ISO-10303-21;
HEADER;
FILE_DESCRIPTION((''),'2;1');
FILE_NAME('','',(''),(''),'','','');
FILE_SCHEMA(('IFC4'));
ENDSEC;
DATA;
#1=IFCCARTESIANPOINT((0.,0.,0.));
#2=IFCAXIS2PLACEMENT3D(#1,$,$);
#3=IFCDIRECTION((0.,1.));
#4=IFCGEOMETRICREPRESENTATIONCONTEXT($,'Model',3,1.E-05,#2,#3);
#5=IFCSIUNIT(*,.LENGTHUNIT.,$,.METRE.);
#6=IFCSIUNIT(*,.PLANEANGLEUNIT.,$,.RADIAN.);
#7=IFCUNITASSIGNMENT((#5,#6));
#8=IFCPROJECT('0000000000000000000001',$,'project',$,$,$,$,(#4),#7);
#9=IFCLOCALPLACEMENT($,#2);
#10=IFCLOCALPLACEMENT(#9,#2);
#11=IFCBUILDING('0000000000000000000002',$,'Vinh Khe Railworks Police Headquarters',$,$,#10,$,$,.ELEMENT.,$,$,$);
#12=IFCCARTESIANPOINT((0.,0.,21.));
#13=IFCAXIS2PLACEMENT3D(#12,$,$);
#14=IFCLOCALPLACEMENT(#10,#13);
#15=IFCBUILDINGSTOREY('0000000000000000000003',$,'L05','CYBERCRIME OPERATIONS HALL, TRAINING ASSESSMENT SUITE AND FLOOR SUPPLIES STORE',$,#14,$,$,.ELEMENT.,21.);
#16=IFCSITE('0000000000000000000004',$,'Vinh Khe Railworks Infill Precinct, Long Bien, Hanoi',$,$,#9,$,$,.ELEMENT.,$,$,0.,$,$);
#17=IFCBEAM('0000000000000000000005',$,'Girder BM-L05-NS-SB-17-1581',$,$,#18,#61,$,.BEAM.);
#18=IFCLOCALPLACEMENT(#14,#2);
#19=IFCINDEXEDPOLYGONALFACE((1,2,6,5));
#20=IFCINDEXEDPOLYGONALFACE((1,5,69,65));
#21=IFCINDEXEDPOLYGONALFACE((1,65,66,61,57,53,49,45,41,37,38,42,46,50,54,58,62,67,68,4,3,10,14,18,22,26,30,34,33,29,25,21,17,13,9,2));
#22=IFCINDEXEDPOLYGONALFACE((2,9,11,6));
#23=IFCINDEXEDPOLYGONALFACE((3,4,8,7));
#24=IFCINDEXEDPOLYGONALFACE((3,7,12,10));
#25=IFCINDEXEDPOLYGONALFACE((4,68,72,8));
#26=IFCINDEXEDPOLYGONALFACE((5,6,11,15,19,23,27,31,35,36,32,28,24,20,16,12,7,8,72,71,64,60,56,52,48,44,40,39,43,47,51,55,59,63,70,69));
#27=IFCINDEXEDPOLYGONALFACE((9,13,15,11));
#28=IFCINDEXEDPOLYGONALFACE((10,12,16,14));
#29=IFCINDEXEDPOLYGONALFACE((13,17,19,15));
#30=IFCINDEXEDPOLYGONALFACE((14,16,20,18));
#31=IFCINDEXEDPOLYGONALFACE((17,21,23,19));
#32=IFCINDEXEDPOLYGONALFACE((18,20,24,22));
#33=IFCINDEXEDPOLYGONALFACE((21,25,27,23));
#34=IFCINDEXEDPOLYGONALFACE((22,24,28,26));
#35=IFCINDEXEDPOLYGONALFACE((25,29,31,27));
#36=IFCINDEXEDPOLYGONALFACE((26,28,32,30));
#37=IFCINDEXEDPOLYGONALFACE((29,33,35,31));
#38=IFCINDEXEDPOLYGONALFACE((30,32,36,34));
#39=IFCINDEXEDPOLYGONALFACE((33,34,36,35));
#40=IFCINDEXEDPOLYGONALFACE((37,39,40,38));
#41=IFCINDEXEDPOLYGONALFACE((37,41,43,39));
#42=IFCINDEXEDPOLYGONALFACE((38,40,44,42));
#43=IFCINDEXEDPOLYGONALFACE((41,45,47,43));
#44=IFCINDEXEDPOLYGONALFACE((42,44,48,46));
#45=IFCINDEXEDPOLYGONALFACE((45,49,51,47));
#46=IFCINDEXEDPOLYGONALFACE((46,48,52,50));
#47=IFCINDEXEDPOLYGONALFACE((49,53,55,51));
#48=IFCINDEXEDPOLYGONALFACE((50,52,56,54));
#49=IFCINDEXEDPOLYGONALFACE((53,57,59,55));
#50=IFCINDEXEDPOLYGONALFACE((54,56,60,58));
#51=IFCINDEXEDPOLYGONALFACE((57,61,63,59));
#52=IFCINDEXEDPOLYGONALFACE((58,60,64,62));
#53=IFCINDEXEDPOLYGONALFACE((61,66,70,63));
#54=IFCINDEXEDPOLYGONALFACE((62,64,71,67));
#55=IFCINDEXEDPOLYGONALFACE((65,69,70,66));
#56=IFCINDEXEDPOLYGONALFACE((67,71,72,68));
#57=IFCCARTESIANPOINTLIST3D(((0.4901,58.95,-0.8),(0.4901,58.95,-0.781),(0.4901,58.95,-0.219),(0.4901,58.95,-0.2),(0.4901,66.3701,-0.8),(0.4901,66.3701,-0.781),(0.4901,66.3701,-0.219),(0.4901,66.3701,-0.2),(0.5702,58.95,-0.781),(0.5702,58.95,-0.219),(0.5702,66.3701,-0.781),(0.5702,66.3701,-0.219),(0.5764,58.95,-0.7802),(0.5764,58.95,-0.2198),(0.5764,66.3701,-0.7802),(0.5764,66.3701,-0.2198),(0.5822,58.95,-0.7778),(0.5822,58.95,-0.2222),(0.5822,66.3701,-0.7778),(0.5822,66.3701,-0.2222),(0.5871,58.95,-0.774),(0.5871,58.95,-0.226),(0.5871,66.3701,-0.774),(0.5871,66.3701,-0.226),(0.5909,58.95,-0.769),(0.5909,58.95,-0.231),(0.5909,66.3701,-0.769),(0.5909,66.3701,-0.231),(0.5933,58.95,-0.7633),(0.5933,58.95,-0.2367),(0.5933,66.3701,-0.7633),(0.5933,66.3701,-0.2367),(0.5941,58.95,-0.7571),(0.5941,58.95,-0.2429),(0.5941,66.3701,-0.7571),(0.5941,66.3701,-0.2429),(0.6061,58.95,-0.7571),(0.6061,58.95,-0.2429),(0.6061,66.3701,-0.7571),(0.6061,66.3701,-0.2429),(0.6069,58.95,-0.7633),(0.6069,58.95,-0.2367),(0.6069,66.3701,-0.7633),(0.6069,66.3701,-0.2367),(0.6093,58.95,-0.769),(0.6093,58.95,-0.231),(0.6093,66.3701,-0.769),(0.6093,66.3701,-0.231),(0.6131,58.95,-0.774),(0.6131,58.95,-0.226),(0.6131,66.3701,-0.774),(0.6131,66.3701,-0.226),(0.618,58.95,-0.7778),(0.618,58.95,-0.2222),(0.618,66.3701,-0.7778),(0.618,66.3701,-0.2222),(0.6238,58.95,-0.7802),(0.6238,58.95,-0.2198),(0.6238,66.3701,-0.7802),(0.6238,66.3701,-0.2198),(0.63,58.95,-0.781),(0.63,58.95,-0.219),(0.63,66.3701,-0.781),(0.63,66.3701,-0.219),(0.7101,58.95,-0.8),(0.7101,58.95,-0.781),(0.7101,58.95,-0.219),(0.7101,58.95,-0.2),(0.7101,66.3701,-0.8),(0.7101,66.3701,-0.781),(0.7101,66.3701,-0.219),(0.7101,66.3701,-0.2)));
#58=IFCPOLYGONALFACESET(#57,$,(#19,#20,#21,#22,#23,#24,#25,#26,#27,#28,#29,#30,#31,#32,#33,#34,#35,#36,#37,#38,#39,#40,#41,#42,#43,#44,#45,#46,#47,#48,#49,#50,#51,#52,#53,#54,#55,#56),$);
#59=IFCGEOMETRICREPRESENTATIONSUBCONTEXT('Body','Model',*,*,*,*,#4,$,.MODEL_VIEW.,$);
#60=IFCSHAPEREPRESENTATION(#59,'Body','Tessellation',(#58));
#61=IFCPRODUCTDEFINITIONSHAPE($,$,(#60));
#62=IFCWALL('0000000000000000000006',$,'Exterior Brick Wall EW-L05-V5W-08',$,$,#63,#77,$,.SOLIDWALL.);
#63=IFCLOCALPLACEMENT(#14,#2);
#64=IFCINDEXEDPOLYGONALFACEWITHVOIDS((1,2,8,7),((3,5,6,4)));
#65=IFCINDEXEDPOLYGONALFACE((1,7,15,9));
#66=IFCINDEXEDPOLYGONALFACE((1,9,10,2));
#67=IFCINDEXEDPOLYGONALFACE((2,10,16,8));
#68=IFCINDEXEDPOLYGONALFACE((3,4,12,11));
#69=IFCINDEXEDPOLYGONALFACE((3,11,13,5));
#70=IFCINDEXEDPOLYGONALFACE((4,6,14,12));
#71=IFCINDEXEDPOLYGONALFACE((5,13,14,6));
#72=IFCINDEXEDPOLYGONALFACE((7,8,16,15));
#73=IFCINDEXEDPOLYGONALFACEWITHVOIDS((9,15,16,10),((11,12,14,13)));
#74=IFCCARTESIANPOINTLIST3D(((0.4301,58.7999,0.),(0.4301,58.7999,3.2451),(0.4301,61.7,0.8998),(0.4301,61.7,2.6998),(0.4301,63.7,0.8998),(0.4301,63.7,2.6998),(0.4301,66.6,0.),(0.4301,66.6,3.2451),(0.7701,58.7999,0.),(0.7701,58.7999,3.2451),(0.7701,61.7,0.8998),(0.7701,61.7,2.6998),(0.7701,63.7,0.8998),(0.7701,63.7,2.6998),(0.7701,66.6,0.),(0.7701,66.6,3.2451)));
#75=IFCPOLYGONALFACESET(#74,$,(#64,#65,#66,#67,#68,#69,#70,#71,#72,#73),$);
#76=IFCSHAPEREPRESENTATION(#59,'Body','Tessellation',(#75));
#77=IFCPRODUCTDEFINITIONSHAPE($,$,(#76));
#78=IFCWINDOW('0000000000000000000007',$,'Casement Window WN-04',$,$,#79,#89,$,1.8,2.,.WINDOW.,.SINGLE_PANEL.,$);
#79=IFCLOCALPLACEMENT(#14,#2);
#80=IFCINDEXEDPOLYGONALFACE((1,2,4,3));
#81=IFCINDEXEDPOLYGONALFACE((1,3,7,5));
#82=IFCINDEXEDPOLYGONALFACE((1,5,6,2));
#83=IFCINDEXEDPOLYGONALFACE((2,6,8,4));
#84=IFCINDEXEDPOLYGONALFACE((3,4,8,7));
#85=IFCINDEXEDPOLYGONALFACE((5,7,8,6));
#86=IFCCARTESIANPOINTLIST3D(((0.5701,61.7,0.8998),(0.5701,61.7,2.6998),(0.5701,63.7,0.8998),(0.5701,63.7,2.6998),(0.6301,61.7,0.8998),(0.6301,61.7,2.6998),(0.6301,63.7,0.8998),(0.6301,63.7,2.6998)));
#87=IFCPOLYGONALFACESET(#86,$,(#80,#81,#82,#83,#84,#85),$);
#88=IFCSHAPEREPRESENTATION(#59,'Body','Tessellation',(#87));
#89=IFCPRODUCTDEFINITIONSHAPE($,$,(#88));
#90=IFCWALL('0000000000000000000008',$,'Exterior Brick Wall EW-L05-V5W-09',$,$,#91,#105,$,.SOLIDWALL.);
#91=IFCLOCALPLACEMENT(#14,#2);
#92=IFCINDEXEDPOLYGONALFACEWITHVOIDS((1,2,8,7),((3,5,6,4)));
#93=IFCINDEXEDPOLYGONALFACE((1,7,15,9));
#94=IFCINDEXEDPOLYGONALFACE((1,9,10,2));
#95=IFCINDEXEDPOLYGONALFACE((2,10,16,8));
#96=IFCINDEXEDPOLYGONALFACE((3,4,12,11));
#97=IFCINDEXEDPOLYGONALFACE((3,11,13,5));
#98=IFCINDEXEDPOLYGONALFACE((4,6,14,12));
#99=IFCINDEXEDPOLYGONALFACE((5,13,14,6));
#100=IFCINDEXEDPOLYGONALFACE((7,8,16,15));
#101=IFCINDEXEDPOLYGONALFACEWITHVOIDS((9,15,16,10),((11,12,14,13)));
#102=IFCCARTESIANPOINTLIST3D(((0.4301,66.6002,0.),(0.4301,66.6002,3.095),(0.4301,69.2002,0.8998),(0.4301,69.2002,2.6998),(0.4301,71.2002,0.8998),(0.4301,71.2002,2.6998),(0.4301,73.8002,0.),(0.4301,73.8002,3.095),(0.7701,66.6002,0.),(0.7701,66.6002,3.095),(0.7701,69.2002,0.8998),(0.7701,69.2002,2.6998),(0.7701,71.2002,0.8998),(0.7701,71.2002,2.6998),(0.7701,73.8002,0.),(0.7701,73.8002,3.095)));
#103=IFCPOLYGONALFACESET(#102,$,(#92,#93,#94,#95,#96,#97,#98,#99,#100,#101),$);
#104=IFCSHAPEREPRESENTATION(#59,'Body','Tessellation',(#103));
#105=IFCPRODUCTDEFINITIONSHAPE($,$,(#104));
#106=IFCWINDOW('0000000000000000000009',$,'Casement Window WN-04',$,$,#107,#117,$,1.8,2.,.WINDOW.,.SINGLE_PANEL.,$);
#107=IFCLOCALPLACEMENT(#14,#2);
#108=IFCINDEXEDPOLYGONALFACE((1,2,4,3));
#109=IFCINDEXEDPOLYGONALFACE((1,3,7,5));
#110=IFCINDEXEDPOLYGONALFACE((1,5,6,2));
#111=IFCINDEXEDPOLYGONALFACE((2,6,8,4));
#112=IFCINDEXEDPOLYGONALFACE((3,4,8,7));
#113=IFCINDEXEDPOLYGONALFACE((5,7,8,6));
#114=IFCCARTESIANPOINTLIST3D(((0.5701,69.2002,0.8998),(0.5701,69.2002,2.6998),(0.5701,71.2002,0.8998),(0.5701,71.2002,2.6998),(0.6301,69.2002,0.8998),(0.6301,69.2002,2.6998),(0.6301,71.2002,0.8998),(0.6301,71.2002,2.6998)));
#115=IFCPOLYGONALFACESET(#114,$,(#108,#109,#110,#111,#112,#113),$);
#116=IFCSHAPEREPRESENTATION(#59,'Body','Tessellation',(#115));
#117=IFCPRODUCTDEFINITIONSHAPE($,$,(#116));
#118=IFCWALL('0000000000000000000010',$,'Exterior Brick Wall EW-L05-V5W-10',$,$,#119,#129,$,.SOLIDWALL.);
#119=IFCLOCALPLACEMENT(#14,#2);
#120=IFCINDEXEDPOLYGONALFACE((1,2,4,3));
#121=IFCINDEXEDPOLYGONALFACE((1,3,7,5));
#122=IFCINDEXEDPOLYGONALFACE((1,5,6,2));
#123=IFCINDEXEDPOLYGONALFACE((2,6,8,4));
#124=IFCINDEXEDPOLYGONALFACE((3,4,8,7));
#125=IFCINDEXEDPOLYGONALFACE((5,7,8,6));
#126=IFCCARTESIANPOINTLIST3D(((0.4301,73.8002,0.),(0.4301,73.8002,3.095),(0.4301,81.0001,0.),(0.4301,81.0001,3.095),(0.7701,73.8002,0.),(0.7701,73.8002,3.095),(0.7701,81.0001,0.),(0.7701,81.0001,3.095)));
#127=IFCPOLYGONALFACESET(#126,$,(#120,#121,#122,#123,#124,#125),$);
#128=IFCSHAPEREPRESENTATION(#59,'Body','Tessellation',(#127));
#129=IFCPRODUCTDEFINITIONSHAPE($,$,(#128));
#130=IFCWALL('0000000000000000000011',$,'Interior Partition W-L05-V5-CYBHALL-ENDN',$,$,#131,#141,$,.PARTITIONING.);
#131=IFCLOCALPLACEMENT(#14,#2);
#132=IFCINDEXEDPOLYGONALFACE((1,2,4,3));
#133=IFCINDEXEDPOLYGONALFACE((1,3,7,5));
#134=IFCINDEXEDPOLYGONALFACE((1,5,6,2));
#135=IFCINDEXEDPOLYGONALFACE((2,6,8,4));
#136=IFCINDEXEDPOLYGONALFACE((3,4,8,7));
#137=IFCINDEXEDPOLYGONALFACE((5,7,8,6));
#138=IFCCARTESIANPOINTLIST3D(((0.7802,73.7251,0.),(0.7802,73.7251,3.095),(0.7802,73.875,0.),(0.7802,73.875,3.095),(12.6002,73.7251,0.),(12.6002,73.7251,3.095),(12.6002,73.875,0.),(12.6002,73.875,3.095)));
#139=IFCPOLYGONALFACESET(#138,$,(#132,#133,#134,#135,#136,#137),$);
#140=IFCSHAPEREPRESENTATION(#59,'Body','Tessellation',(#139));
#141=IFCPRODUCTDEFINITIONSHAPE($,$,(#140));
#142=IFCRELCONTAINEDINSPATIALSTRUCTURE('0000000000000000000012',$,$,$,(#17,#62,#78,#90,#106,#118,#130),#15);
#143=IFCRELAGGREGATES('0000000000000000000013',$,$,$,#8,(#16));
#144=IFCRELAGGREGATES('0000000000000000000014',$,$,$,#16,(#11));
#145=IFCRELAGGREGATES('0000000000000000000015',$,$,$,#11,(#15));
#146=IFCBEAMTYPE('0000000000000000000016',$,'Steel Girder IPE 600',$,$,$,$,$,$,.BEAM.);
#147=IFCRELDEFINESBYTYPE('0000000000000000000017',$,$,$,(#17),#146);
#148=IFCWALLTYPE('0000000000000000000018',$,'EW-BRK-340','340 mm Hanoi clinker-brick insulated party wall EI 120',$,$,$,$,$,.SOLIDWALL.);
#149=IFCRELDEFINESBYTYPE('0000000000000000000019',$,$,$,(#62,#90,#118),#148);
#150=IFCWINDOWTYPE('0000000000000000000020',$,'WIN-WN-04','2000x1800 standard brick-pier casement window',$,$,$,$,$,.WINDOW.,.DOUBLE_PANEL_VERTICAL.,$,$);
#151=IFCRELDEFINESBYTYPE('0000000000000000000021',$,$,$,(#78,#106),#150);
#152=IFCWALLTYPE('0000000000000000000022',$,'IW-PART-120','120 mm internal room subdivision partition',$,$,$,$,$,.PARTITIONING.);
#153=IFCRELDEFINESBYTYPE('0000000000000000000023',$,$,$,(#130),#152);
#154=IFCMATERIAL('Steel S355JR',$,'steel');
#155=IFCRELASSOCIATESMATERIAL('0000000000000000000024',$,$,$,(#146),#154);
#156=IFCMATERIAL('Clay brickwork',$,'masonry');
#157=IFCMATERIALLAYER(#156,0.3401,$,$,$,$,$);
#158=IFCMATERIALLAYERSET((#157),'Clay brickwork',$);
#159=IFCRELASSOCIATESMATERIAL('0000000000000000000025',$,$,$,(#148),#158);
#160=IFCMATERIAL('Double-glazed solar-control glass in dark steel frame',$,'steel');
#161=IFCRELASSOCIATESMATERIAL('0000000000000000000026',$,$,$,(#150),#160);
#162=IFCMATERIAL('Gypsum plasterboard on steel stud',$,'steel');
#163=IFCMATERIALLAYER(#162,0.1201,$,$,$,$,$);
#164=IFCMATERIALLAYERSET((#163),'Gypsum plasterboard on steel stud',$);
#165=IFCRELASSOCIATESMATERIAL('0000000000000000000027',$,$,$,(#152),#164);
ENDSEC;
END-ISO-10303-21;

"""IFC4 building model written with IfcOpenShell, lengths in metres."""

from ifc_helpers import new_model, si_unit, direction, frame, frame_2d, origin, origin_2d, place, context, subcontext, project, spatial, rectangle, i_section, extrude, material, layer, layer_set, material_profile, profile_set, type_object, element, fill, save


model = new_model("IFC4")

# Units and contexts
model_context = context("Model", 3, precision=1e-05, world=origin(), true_north=direction((0.0, 1.0)))
body_context = subcontext(model_context, "Body", "Model", "MODEL_VIEW")
ifc_project = project(units=[si_unit("LENGTHUNIT", "METRE"), si_unit("PLANEANGLEUNIT", "RADIAN")], contexts=[model_context])

# Site, building, storey
site_placement = place(None, origin())
site = spatial("IfcSite", under=ifc_project, at=site_placement, Name="Vinh Khe Railworks Infill Precinct, Long Bien, Hanoi", CompositionType="ELEMENT", RefElevation=0.0)
building_placement = place(site_placement, origin())
building = spatial("IfcBuilding", under=site, at=building_placement, Name="Vinh Khe Railworks Police Headquarters", CompositionType="ELEMENT")
storey_placement = place(building_placement, frame((0.0, 0.0, 21.0)))
storey = spatial("IfcBuildingStorey", under=building, at=storey_placement, Name="L05", Description="CYBERCRIME OPERATIONS HALL, TRAINING ASSESSMENT SUITE AND FLOOR SUPPLIES STORE", CompositionType="ELEMENT", Elevation=21.0)

# Shared definitions
ifc_material_1 = material(Name="Steel S355JR", Category="steel")

# Beam
ifc_material_profile_1 = material_profile(ifc_material_1, i_section(OverallWidth=0.22, OverallDepth=0.6001, WebThickness=0.012, FlangeThickness=0.019, FilletRadius=0.0239, at=origin_2d()), Name="IPE 600")
ifc_profile_set_1 = profile_set([ifc_material_profile_1], Name="Steel S355JR")
beam_type_1 = type_object("IfcBeamType", Name="Steel Girder IPE 600", PredefinedType="BEAM", material=ifc_profile_set_1)
beam_1_placement = place(storey_placement, frame((0.6001, 58.95, -0.5), z_axis=(0.0, 1.0, 0.0), x_axis=(-1.0, 0.0, 0.0)))
element("IfcBeam", 1, at=beam_1_placement, inside=storey, type_object=beam_type_1, Name="Girder BM-L05-NS-SB-17-1581", PredefinedType="BEAM", context=body_context, shape_type="SweptSolid", body=[
    extrude(i_section(OverallWidth=0.22, OverallDepth=0.6001, WebThickness=0.012, FlangeThickness=0.019, FilletRadius=0.0239, at=origin_2d()), origin(), (0.0, 0.0, 1.0), 7.4202),
])

# Walls, openings, windows
ifc_material_2 = material(Name="Clay brickwork", Category="masonry")
ifc_layer_1 = layer(ifc_material_2, 0.3401)
ifc_layer_set_1 = layer_set([ifc_layer_1], Name="Clay brickwork")
wall_type_1 = type_object("IfcWallType", Name="EW-BRK-340", Description="340 mm Hanoi clinker-brick insulated party wall EI 120", PredefinedType="SOLIDWALL", material=ifc_layer_set_1)
wall_1_placement = place(storey_placement, frame((0.6001, 58.8, 0.0), z_axis=(0.0, 0.0, 1.0), x_axis=(0.0, 1.0, 0.0)))
wall_1 = element("IfcWall", 2, at=wall_1_placement, inside=storey, type_object=wall_type_1, Name="Exterior Brick Wall EW-L05-V5W-08", PredefinedType="SOLIDWALL", context=body_context, shape_type="SweptSolid", body=[
    extrude(rectangle(XDim=7.8, YDim=0.3401, at=frame_2d((3.8999, 0.0))), origin(), (0.0, 0.0, 1.0), 3.2451),
])
opening_1_placement = place(wall_1_placement, frame((2.8999, 0.0, 0.8999)))
opening_1 = element("IfcOpeningElement", 3, at=opening_1_placement, cuts=wall_1, PredefinedType="OPENING", context=body_context, shape_type="SweptSolid", body=[
    extrude(rectangle(XDim=2.0, YDim=1.8, at=frame_2d((1.0, 0.8999))), frame((0.0, 0.1851, 0.0), z_axis=(0.0, -1.0, 0.0), x_axis=(1.0, 0.0, 0.0)), (0.0, 0.0, 1.0), 0.3699),
])
ifc_material_3 = material(Name="Double-glazed solar-control glass in dark steel frame", Category="steel")
window_type = type_object("IfcWindowType", Name="WIN-WN-04", Description="2000x1800 standard brick-pier casement window", PartitioningType="DOUBLE_PANEL_VERTICAL", PredefinedType="WINDOW", material=ifc_material_3)
window_1_placement = place(opening_1_placement, origin())
window_1 = element("IfcWindow", 4, at=window_1_placement, inside=storey, type_object=window_type, Name="Casement Window WN-04", OverallHeight=1.8, OverallWidth=2.0, PartitioningType="SINGLE_PANEL", PredefinedType="WINDOW", context=body_context, shape_type="SweptSolid", body=[
    extrude(rectangle(XDim=2.0, YDim=1.8, at=frame_2d((1.0, 0.8999))), frame((0.0, 0.03, 0.0), z_axis=(0.0, -1.0, 0.0), x_axis=(1.0, 0.0, 0.0)), (0.0, 0.0, 1.0), 0.0601),
])
fill(opening_1, window_1)
wall_2_placement = place(storey_placement, frame((0.6001, 66.6001, 0.0), z_axis=(0.0, 0.0, 1.0), x_axis=(0.0, 1.0, 0.0)))
wall_2 = element("IfcWall", 5, at=wall_2_placement, inside=storey, type_object=wall_type_1, Name="Exterior Brick Wall EW-L05-V5W-09", PredefinedType="SOLIDWALL", context=body_context, shape_type="SweptSolid", body=[
    extrude(rectangle(XDim=7.2, YDim=0.3401, at=frame_2d((3.6001, 0.0))), origin(), (0.0, 0.0, 1.0), 3.095),
])
opening_2_placement = place(wall_2_placement, frame((2.6001, 0.0, 0.8999)))
opening_2 = element("IfcOpeningElement", 6, at=opening_2_placement, cuts=wall_2, PredefinedType="OPENING", context=body_context, shape_type="SweptSolid", body=[
    extrude(rectangle(XDim=2.0, YDim=1.8, at=frame_2d((1.0, 0.8999))), frame((0.0, 0.1851, 0.0), z_axis=(0.0, -1.0, 0.0), x_axis=(1.0, 0.0, 0.0)), (0.0, 0.0, 1.0), 0.3699),
])
window_2_placement = place(opening_2_placement, origin())
window_2 = element("IfcWindow", 7, at=window_2_placement, inside=storey, type_object=window_type, Name="Casement Window WN-04", OverallHeight=1.8, OverallWidth=2.0, PartitioningType="SINGLE_PANEL", PredefinedType="WINDOW", context=body_context, shape_type="SweptSolid", body=[
    extrude(rectangle(XDim=2.0, YDim=1.8, at=frame_2d((1.0, 0.8999))), frame((0.0, 0.03, 0.0), z_axis=(0.0, -1.0, 0.0), x_axis=(1.0, 0.0, 0.0)), (0.0, 0.0, 1.0), 0.0601),
])
fill(opening_2, window_2)

# Walls
wall_3_placement = place(storey_placement, frame((0.6001, 73.8, 0.0), z_axis=(0.0, 0.0, 1.0), x_axis=(0.0, 1.0, 0.0)))
element("IfcWall", 8, at=wall_3_placement, inside=storey, type_object=wall_type_1, Name="Exterior Brick Wall EW-L05-V5W-10", PredefinedType="SOLIDWALL", context=body_context, shape_type="SweptSolid", body=[
    extrude(rectangle(XDim=7.2, YDim=0.3401, at=frame_2d((3.6001, 0.0))), origin(), (0.0, 0.0, 1.0), 3.095),
])
ifc_material_4 = material(Name="Gypsum plasterboard on steel stud", Category="steel")
ifc_layer_2 = layer(ifc_material_4, 0.1201)
ifc_layer_set_2 = layer_set([ifc_layer_2], Name="Gypsum plasterboard on steel stud")
wall_type_2 = type_object("IfcWallType", Name="IW-PART-120", Description="120 mm internal room subdivision partition", PredefinedType="PARTITIONING", material=ifc_layer_set_2)
wall_4_placement = place(storey_placement, frame((0.78, 73.8, 0.0), z_axis=(0.0, 0.0, 1.0), x_axis=(1.0, 0.0, 0.0)))
element("IfcWall", 9, at=wall_4_placement, inside=storey, type_object=wall_type_2, Name="Interior Partition W-L05-V5-CYBHALL-ENDN", PredefinedType="PARTITIONING", context=body_context, shape_type="SweptSolid", body=[
    extrude(rectangle(XDim=11.8201, YDim=0.1499, at=frame_2d((5.9102, 0.0))), origin(), (0.0, 0.0, 1.0), 3.095),
])

save(model, "model.ifc")
